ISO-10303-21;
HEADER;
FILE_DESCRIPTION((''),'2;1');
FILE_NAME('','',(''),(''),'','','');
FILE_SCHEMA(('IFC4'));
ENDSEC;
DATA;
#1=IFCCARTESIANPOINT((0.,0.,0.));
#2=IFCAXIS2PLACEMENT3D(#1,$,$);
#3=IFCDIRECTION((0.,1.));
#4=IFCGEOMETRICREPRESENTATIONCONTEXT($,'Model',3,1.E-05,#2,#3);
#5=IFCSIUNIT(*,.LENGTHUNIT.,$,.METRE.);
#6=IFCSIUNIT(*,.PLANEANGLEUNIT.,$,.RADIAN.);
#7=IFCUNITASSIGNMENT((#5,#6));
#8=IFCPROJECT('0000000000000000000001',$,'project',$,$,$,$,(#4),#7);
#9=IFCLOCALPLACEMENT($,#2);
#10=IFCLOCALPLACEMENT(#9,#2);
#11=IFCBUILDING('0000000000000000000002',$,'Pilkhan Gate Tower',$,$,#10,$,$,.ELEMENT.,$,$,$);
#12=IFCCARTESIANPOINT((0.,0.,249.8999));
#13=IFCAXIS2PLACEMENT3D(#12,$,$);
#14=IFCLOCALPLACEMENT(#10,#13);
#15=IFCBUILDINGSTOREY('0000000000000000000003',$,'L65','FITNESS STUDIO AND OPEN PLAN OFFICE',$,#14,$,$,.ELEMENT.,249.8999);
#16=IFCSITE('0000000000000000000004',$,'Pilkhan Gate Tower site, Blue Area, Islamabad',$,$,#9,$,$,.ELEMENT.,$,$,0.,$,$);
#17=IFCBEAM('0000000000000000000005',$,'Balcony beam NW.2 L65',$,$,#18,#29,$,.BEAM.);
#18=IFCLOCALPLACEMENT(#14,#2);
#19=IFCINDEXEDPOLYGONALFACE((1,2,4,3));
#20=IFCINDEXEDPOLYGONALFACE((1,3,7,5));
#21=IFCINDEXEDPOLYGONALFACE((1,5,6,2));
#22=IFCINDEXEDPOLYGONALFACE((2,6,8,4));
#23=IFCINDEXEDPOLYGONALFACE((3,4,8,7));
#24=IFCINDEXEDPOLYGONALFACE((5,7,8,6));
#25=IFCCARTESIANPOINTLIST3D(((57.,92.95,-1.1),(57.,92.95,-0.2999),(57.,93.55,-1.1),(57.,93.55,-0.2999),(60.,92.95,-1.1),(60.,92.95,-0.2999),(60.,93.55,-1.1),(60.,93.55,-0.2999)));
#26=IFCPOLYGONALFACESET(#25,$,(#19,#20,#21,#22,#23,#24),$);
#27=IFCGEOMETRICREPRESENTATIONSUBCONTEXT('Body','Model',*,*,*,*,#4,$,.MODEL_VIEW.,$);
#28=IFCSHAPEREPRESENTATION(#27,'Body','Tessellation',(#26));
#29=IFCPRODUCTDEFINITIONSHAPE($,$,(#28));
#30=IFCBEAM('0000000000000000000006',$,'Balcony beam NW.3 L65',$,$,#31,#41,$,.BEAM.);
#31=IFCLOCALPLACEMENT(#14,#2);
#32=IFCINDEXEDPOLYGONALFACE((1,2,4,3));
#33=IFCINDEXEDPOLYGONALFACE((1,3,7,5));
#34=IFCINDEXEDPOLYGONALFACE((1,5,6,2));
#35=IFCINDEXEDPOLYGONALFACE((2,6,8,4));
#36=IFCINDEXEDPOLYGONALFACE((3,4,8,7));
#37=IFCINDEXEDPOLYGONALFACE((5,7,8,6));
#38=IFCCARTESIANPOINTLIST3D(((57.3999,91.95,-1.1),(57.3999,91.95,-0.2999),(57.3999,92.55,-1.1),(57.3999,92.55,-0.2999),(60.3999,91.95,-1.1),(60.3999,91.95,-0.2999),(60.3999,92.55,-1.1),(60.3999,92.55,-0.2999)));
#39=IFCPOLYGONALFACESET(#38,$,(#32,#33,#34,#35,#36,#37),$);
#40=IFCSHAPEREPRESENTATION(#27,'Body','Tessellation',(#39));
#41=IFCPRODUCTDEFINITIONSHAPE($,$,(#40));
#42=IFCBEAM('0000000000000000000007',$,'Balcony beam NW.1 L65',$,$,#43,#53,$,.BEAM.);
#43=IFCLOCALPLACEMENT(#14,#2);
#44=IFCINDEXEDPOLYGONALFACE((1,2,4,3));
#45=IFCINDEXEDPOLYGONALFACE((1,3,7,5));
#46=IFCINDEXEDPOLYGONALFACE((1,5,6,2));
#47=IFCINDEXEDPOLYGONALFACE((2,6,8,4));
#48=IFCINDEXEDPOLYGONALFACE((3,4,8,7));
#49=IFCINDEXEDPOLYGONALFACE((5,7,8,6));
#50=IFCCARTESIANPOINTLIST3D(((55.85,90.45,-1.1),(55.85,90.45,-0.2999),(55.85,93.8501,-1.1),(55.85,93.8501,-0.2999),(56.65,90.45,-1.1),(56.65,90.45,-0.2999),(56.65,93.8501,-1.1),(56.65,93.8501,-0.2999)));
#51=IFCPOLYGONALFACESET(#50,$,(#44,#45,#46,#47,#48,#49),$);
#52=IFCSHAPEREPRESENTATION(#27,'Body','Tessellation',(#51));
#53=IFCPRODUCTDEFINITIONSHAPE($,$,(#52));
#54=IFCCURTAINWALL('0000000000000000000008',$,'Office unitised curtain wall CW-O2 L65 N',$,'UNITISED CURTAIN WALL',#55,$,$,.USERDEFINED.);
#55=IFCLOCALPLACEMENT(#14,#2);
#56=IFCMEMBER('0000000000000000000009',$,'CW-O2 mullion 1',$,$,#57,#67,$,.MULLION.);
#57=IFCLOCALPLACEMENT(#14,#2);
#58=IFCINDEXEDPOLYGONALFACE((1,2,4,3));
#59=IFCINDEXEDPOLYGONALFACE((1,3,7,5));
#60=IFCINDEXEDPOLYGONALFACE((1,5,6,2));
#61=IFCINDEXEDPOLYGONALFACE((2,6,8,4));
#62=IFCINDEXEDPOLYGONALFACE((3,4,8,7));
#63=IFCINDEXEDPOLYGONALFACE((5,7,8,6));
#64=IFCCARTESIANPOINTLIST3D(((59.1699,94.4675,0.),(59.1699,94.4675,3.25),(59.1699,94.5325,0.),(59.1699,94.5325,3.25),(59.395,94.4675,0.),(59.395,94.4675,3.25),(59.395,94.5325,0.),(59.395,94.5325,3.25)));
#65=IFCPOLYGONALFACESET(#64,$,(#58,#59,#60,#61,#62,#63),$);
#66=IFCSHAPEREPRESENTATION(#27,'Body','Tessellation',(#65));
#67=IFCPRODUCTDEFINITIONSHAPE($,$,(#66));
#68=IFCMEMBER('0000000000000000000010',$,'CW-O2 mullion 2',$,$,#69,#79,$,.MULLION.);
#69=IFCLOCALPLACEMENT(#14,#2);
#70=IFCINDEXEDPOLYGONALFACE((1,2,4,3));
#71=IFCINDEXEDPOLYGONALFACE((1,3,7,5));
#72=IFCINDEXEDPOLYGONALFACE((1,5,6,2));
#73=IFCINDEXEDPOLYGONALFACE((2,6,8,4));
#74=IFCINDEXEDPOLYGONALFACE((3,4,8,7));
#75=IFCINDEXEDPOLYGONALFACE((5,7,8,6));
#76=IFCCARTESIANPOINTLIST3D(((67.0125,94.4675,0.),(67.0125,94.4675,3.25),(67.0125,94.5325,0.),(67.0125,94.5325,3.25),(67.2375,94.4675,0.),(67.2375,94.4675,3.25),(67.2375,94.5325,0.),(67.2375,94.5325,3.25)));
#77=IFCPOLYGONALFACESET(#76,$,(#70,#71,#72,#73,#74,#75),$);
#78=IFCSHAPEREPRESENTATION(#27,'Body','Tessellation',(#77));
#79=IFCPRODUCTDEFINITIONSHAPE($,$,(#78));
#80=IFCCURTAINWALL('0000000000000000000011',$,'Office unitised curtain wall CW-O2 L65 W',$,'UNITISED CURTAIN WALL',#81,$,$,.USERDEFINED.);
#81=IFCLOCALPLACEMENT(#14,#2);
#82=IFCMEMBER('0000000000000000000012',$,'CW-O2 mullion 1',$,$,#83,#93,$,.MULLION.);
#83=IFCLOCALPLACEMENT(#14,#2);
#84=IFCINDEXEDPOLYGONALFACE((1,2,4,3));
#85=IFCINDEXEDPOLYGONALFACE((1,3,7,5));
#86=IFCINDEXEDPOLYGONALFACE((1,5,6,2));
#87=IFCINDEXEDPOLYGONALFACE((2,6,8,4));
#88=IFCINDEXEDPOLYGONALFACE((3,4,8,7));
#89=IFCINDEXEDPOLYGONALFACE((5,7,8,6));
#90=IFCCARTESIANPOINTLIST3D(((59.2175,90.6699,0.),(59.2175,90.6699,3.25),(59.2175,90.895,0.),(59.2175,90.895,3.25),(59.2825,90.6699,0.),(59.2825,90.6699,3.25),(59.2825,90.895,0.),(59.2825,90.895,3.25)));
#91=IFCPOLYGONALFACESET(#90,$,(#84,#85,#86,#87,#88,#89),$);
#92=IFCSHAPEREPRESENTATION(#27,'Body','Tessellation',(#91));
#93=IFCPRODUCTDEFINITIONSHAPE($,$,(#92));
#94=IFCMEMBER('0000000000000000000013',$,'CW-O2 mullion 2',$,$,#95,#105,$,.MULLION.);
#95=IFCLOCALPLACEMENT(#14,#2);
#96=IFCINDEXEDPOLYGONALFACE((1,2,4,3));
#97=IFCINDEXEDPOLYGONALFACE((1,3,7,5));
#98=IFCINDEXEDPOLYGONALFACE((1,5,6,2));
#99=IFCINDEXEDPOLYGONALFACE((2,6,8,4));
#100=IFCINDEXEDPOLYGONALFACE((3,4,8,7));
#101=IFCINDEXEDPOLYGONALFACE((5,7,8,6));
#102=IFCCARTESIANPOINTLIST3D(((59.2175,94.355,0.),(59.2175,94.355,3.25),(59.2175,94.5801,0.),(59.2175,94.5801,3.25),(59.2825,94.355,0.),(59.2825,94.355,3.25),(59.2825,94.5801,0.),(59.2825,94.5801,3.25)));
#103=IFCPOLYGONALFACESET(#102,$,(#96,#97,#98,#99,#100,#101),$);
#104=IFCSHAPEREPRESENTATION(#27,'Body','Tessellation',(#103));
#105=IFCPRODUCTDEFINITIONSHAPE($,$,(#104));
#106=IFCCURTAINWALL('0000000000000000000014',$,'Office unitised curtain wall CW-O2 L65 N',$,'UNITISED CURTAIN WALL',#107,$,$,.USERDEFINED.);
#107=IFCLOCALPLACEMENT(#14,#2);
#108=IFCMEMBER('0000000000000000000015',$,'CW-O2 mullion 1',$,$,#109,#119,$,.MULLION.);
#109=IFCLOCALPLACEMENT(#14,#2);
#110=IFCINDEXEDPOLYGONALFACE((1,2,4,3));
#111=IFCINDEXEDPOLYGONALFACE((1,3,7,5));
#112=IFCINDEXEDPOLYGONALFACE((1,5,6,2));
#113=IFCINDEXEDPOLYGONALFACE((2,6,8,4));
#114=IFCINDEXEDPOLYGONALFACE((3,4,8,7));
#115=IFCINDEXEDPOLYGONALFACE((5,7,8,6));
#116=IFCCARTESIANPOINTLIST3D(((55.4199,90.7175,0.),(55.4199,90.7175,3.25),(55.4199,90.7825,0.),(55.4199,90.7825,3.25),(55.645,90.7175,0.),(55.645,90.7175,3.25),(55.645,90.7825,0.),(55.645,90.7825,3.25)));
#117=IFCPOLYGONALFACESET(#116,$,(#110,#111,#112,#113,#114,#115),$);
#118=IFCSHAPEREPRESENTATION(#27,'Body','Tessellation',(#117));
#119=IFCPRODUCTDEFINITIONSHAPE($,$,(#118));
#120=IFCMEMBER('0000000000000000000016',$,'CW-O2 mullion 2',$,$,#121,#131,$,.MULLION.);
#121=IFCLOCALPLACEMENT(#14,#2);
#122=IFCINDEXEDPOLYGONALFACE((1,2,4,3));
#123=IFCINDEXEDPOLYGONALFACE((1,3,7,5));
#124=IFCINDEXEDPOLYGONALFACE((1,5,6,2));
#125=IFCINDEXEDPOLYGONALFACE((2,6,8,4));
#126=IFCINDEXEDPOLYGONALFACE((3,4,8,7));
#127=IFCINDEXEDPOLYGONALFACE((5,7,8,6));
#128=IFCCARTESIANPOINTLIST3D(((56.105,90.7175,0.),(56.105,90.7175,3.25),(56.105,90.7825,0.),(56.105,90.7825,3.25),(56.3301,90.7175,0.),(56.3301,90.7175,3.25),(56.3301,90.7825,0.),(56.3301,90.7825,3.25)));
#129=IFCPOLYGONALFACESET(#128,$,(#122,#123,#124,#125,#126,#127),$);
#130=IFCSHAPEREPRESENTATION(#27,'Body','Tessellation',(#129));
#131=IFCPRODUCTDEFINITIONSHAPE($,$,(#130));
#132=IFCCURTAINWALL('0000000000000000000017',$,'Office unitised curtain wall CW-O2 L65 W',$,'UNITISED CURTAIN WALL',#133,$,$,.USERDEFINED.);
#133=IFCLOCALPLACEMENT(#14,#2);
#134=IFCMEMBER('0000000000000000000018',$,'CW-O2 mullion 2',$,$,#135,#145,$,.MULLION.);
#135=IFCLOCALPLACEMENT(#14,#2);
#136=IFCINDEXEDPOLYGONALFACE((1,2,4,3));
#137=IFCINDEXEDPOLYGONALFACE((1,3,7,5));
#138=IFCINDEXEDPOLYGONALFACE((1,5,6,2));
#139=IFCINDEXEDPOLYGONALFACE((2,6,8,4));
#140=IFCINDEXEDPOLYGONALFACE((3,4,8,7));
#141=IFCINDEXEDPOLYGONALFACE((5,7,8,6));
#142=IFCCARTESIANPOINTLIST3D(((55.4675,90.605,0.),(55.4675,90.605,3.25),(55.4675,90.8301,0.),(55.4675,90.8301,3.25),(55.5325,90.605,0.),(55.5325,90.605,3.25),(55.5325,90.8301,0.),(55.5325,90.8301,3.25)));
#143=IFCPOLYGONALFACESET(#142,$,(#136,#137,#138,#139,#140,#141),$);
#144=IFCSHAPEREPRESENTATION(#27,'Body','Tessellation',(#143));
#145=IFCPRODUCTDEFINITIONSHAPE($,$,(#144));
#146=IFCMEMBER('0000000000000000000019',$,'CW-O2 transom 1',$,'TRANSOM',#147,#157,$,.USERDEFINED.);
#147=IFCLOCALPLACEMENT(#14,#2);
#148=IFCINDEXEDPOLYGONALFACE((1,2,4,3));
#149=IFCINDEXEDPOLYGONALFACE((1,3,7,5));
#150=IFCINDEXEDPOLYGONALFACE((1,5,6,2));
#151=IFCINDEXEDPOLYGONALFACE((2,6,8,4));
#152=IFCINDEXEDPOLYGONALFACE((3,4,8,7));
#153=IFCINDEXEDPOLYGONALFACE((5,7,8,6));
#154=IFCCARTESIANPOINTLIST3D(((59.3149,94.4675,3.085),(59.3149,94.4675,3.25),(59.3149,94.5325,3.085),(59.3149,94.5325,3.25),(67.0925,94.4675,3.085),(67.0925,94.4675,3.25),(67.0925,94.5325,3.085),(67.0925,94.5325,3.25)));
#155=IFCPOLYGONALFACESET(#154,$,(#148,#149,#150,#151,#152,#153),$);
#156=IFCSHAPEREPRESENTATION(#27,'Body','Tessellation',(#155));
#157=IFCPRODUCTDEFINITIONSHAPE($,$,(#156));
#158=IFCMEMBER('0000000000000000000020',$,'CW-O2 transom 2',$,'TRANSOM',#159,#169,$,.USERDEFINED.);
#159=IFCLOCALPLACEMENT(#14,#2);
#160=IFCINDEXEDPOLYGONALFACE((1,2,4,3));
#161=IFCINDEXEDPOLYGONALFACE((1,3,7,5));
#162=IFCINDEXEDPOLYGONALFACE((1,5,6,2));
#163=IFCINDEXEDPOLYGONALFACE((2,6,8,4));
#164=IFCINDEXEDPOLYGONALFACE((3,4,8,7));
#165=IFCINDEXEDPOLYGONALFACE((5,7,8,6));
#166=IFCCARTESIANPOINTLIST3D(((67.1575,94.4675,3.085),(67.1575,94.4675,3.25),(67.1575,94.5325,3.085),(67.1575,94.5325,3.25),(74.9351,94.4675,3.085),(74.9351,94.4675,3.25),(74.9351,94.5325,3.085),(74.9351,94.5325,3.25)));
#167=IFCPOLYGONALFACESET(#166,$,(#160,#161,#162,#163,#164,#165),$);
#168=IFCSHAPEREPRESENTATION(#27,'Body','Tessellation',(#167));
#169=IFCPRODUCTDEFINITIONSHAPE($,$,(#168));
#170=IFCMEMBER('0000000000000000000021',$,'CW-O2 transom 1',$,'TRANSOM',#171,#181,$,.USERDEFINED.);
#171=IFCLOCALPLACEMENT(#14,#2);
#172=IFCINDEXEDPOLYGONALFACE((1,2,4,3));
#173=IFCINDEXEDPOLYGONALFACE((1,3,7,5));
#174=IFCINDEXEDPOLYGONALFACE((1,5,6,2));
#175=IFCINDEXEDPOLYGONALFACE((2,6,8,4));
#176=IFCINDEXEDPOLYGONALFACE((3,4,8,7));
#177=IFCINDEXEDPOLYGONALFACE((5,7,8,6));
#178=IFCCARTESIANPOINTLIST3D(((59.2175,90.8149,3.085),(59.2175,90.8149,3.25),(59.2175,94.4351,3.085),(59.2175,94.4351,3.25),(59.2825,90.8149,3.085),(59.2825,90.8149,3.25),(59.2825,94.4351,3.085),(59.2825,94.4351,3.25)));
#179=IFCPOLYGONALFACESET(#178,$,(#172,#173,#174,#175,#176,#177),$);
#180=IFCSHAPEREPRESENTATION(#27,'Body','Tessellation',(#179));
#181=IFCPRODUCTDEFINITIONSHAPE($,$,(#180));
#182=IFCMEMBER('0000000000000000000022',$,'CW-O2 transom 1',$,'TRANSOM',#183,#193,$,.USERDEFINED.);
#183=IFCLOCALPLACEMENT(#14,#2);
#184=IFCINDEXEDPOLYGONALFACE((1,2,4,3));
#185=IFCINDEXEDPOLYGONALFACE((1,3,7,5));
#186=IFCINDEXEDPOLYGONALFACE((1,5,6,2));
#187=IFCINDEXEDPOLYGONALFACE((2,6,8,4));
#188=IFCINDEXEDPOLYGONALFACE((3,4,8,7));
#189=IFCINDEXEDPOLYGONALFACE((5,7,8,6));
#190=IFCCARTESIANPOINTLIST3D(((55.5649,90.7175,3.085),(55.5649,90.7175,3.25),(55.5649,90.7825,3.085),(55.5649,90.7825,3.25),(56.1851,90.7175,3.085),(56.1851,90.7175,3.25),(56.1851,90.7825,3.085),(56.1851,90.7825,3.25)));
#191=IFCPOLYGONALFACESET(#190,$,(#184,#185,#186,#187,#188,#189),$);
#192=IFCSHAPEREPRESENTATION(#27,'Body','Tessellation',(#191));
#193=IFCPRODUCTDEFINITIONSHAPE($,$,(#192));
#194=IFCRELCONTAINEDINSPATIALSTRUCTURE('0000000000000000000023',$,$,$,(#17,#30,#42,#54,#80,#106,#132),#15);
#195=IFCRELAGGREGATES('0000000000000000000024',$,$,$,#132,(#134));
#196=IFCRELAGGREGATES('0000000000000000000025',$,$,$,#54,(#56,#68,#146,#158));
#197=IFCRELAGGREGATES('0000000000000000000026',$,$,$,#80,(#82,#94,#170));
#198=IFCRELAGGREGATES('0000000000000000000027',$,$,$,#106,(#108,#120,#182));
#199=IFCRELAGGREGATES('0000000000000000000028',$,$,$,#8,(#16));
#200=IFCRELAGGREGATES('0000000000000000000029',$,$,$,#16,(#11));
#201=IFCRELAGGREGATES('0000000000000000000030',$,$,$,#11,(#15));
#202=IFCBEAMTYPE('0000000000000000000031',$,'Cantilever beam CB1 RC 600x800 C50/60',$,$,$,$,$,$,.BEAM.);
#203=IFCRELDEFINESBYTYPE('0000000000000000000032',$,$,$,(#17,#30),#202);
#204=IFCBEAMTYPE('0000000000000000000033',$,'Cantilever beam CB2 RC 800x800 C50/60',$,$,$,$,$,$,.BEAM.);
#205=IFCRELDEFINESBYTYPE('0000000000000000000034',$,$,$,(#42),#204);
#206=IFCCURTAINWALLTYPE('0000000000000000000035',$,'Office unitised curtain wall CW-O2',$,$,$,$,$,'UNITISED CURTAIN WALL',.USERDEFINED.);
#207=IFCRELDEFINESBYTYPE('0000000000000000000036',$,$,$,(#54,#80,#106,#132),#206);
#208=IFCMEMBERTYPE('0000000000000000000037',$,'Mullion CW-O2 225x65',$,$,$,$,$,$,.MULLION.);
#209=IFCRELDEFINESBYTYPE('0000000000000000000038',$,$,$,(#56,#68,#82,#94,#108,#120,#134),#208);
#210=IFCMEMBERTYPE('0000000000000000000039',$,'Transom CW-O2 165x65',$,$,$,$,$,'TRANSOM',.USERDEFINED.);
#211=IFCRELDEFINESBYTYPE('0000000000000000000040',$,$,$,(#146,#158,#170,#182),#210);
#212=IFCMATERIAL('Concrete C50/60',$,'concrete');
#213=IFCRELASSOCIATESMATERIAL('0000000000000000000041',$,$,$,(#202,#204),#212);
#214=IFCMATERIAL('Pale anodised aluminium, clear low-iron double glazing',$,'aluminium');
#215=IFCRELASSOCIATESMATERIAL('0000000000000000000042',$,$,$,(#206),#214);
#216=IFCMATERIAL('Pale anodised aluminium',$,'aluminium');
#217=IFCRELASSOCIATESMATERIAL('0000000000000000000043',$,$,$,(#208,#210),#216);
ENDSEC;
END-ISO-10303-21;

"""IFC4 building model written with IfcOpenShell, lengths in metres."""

from ifc_helpers import new_model, si_unit, direction, frame, origin, origin_2d, place, context, subcontext, project, spatial, rectangle, extrude, material, material_profile, profile_set, type_object, element, aggregate, save


model = new_model("IFC4")

# Units and contexts
model_context = context("Model", 3, precision=1e-05, world=origin(), true_north=direction((0.0, 1.0)))
body_context = subcontext(model_context, "Body", "Model", "MODEL_VIEW")
ifc_project = project(units=[si_unit("LENGTHUNIT", "METRE"), si_unit("PLANEANGLEUNIT", "RADIAN")], contexts=[model_context])

# Site, building, storey
site_placement = place(None, origin())
site = spatial("IfcSite", under=ifc_project, at=site_placement, Name="Pilkhan Gate Tower site, Blue Area, Islamabad", CompositionType="ELEMENT", RefElevation=0.0)
building_placement = place(site_placement, origin())
building = spatial("IfcBuilding", under=site, at=building_placement, Name="Pilkhan Gate Tower", CompositionType="ELEMENT")
storey_placement = place(building_placement, frame((0.0, 0.0, 249.8999)))
storey = spatial("IfcBuildingStorey", under=building, at=storey_placement, Name="L65", Description="FITNESS STUDIO AND OPEN PLAN OFFICE", CompositionType="ELEMENT", Elevation=249.8999)

# Beams
ifc_material_1 = material(Name="Concrete C50/60", Category="concrete")
ifc_material_profile_1 = material_profile(ifc_material_1, rectangle(XDim=0.6001, YDim=0.8, at=origin_2d()), Name="RC 600x800")
ifc_profile_set_1 = profile_set([ifc_material_profile_1], Name="Concrete C50/60")
beam_type_1 = type_object("IfcBeamType", Name="Cantilever beam CB1 RC 600x800 C50/60", PredefinedType="BEAM", material=ifc_profile_set_1)
for number, where, z_axis, x_axis, name in (
    (1, (60.0, 93.25, -0.7), (-1.0, 0.0, 0.0), (0.0, -1.0, 0.0), "Balcony beam NW.2 L65"),
    (2, (60.3999, 92.25, -0.7), (-1.0, 0.0, 0.0), (0.0, -1.0, 0.0), "Balcony beam NW.3 L65"),
):
    element("IfcBeam", number, at=place(storey_placement, frame(where, z_axis=z_axis, x_axis=x_axis)), inside=storey, type_object=beam_type_1, Name=name, PredefinedType="BEAM", context=body_context, shape_type="SweptSolid", body=[
        extrude(rectangle(XDim=0.6001, YDim=0.8, at=origin_2d()), origin(), (0.0, 0.0, 1.0), 3.0),
    ])
ifc_material_profile_2 = material_profile(ifc_material_1, rectangle(XDim=0.8, YDim=0.8, at=origin_2d()), Name="RC 800x800")
ifc_profile_set_2 = profile_set([ifc_material_profile_2], Name="Concrete C50/60")
beam_type_2 = type_object("IfcBeamType", Name="Cantilever beam CB2 RC 800x800 C50/60", PredefinedType="BEAM", material=ifc_profile_set_2)
beam_placement = place(storey_placement, frame((56.25, 90.45, -0.7), z_axis=(0.0, 1.0, 0.0), x_axis=(-1.0, 0.0, 0.0)))
element("IfcBeam", 3, at=beam_placement, inside=storey, type_object=beam_type_2, Name="Balcony beam NW.1 L65", PredefinedType="BEAM", context=body_context, shape_type="SweptSolid", body=[
    extrude(rectangle(XDim=0.8, YDim=0.8, at=origin_2d()), origin(), (0.0, 0.0, 1.0), 3.4001),
])

# Curtain walls, members
ifc_material_2 = material(Name="Pale anodised aluminium, clear low-iron double glazing", Category="aluminium")
curtain_wall_type = type_object("IfcCurtainWallType", Name="Office unitised curtain wall CW-O2", ElementType="UNITISED CURTAIN WALL", PredefinedType="USERDEFINED", material=ifc_material_2)
curtain_wall_1_placement = place(storey_placement, origin())
curtain_wall_1 = element("IfcCurtainWall", 4, at=curtain_wall_1_placement, inside=storey, type_object=curtain_wall_type, Name="Office unitised curtain wall CW-O2 L65 N", ObjectType="UNITISED CURTAIN WALL", PredefinedType="USERDEFINED")
ifc_material_3 = material(Name="Pale anodised aluminium", Category="aluminium")
ifc_material_profile_3 = material_profile(ifc_material_3, rectangle(XDim=0.0649, YDim=0.2251, at=origin_2d()), Name="Mullion 225x65")
ifc_profile_set_3 = profile_set([ifc_material_profile_3], Name="Pale anodised aluminium")
member_type_1 = type_object("IfcMemberType", Name="Mullion CW-O2 225x65", PredefinedType="MULLION", material=ifc_profile_set_3)
member_1_placement = place(storey_placement, frame((59.2825, 94.5, 0.0), z_axis=(0.0, 0.0, 1.0), x_axis=(0.0, 1.0, 0.0)))
member_1 = element("IfcMember", 5, at=member_1_placement, type_object=member_type_1, Name="CW-O2 mullion 1", PredefinedType="MULLION", context=body_context, shape_type="SweptSolid", body=[
    extrude(rectangle(XDim=0.0649, YDim=0.2251, at=origin_2d()), origin(), (0.0, 0.0, 1.0), 3.25),
])
member_2_placement = place(storey_placement, frame((67.125, 94.5, 0.0), z_axis=(0.0, 0.0, 1.0), x_axis=(0.0, 1.0, 0.0)))
member_2 = element("IfcMember", 6, at=member_2_placement, type_object=member_type_1, Name="CW-O2 mullion 2", PredefinedType="MULLION", context=body_context, shape_type="SweptSolid", body=[
    extrude(rectangle(XDim=0.0649, YDim=0.2251, at=origin_2d()), origin(), (0.0, 0.0, 1.0), 3.25),
])
curtain_wall_2_placement = place(storey_placement, origin())
curtain_wall_2 = element("IfcCurtainWall", 7, at=curtain_wall_2_placement, inside=storey, type_object=curtain_wall_type, Name="Office unitised curtain wall CW-O2 L65 W", ObjectType="UNITISED CURTAIN WALL", PredefinedType="USERDEFINED")
member_3_placement = place(storey_placement, frame((59.25, 90.7825, 0.0), z_axis=(0.0, 0.0, 1.0), x_axis=(-1.0, 0.0, 0.0)))
member_3 = element("IfcMember", 8, at=member_3_placement, type_object=member_type_1, Name="CW-O2 mullion 1", PredefinedType="MULLION", context=body_context, shape_type="SweptSolid", body=[
    extrude(rectangle(XDim=0.0649, YDim=0.2251, at=origin_2d()), origin(), (0.0, 0.0, 1.0), 3.25),
])
member_4_placement = place(storey_placement, frame((59.25, 94.4675, 0.0), z_axis=(0.0, 0.0, 1.0), x_axis=(-1.0, 0.0, 0.0)))
member_4 = element("IfcMember", 9, at=member_4_placement, type_object=member_type_1, Name="CW-O2 mullion 2", PredefinedType="MULLION", context=body_context, shape_type="SweptSolid", body=[
    extrude(rectangle(XDim=0.0649, YDim=0.2251, at=origin_2d()), origin(), (0.0, 0.0, 1.0), 3.25),
])
curtain_wall_3_placement = place(storey_placement, origin())
curtain_wall_3 = element("IfcCurtainWall", 10, at=curtain_wall_3_placement, inside=storey, type_object=curtain_wall_type, Name="Office unitised curtain wall CW-O2 L65 N", ObjectType="UNITISED CURTAIN WALL", PredefinedType="USERDEFINED")
member_5_placement = place(storey_placement, frame((55.5325, 90.75, 0.0), z_axis=(0.0, 0.0, 1.0), x_axis=(0.0, 1.0, 0.0)))
member_5 = element("IfcMember", 11, at=member_5_placement, type_object=member_type_1, Name="CW-O2 mullion 1", PredefinedType="MULLION", context=body_context, shape_type="SweptSolid", body=[
    extrude(rectangle(XDim=0.0649, YDim=0.2251, at=origin_2d()), origin(), (0.0, 0.0, 1.0), 3.25),
])
member_6_placement = place(storey_placement, frame((56.2175, 90.75, 0.0), z_axis=(0.0, 0.0, 1.0), x_axis=(0.0, 1.0, 0.0)))
member_6 = element("IfcMember", 12, at=member_6_placement, type_object=member_type_1, Name="CW-O2 mullion 2", PredefinedType="MULLION", context=body_context, shape_type="SweptSolid", body=[
    extrude(rectangle(XDim=0.0649, YDim=0.2251, at=origin_2d()), origin(), (0.0, 0.0, 1.0), 3.25),
])

# Curtain wall, member
curtain_wall_4_placement = place(storey_placement, origin())
curtain_wall_4 = element("IfcCurtainWall", 13, at=curtain_wall_4_placement, inside=storey, type_object=curtain_wall_type, Name="Office unitised curtain wall CW-O2 L65 W", ObjectType="UNITISED CURTAIN WALL", PredefinedType="USERDEFINED")
member_7_placement = place(storey_placement, frame((55.5, 90.7175, 0.0), z_axis=(0.0, 0.0, 1.0), x_axis=(-1.0, 0.0, 0.0)))
member_7 = element("IfcMember", 14, at=member_7_placement, type_object=member_type_1, Name="CW-O2 mullion 2", PredefinedType="MULLION", context=body_context, shape_type="SweptSolid", body=[
    extrude(rectangle(XDim=0.0649, YDim=0.2251, at=origin_2d()), origin(), (0.0, 0.0, 1.0), 3.25),
])
aggregate(curtain_wall_4, [member_7])

# Members
ifc_material_profile_4 = material_profile(ifc_material_3, rectangle(XDim=0.0649, YDim=0.165, at=origin_2d()), Name="Transom 165x65")
ifc_profile_set_4 = profile_set([ifc_material_profile_4], Name="Pale anodised aluminium")
member_type_2 = type_object("IfcMemberType", Name="Transom CW-O2 165x65", ElementType="TRANSOM", PredefinedType="USERDEFINED", material=ifc_profile_set_4)
member_8_placement = place(storey_placement, frame((59.3149, 94.5, 3.1675), z_axis=(1.0, 0.0, 0.0), x_axis=(0.0, 1.0, 0.0)))
member_8 = element("IfcMember", 15, at=member_8_placement, type_object=member_type_2, Name="CW-O2 transom 1", ObjectType="TRANSOM", PredefinedType="USERDEFINED", context=body_context, shape_type="SweptSolid", body=[
    extrude(rectangle(XDim=0.0649, YDim=0.165, at=origin_2d()), origin(), (0.0, 0.0, 1.0), 7.7776),
])
member_9_placement = place(storey_placement, frame((67.1575, 94.5, 3.1675), z_axis=(1.0, 0.0, 0.0), x_axis=(0.0, 1.0, 0.0)))
member_9 = element("IfcMember", 16, at=member_9_placement, type_object=member_type_2, Name="CW-O2 transom 2", ObjectType="TRANSOM", PredefinedType="USERDEFINED", context=body_context, shape_type="SweptSolid", body=[
    extrude(rectangle(XDim=0.0649, YDim=0.165, at=origin_2d()), origin(), (0.0, 0.0, 1.0), 7.7776),
])
member_10_placement = place(storey_placement, frame((59.25, 90.8149, 3.1675), z_axis=(0.0, 1.0, 0.0), x_axis=(-1.0, 0.0, 0.0)))
member_10 = element("IfcMember", 17, at=member_10_placement, type_object=member_type_2, Name="CW-O2 transom 1", ObjectType="TRANSOM", PredefinedType="USERDEFINED", context=body_context, shape_type="SweptSolid", body=[
    extrude(rectangle(XDim=0.0649, YDim=0.165, at=origin_2d()), origin(), (0.0, 0.0, 1.0), 3.6201),
])
member_11_placement = place(storey_placement, frame((55.5649, 90.75, 3.1675), z_axis=(1.0, 0.0, 0.0), x_axis=(0.0, 1.0, 0.0)))
member_11 = element("IfcMember", 18, at=member_11_placement, type_object=member_type_2, Name="CW-O2 transom 1", ObjectType="TRANSOM", PredefinedType="USERDEFINED", context=body_context, shape_type="SweptSolid", body=[
    extrude(rectangle(XDim=0.0649, YDim=0.165, at=origin_2d()), origin(), (0.0, 0.0, 1.0), 0.6201),
])

aggregate(curtain_wall_1, [member_1, member_2, member_8, member_9])
aggregate(curtain_wall_2, [member_3, member_4, member_10])
aggregate(curtain_wall_3, [member_5, member_6, member_11])

save(model, "model.ifc")
